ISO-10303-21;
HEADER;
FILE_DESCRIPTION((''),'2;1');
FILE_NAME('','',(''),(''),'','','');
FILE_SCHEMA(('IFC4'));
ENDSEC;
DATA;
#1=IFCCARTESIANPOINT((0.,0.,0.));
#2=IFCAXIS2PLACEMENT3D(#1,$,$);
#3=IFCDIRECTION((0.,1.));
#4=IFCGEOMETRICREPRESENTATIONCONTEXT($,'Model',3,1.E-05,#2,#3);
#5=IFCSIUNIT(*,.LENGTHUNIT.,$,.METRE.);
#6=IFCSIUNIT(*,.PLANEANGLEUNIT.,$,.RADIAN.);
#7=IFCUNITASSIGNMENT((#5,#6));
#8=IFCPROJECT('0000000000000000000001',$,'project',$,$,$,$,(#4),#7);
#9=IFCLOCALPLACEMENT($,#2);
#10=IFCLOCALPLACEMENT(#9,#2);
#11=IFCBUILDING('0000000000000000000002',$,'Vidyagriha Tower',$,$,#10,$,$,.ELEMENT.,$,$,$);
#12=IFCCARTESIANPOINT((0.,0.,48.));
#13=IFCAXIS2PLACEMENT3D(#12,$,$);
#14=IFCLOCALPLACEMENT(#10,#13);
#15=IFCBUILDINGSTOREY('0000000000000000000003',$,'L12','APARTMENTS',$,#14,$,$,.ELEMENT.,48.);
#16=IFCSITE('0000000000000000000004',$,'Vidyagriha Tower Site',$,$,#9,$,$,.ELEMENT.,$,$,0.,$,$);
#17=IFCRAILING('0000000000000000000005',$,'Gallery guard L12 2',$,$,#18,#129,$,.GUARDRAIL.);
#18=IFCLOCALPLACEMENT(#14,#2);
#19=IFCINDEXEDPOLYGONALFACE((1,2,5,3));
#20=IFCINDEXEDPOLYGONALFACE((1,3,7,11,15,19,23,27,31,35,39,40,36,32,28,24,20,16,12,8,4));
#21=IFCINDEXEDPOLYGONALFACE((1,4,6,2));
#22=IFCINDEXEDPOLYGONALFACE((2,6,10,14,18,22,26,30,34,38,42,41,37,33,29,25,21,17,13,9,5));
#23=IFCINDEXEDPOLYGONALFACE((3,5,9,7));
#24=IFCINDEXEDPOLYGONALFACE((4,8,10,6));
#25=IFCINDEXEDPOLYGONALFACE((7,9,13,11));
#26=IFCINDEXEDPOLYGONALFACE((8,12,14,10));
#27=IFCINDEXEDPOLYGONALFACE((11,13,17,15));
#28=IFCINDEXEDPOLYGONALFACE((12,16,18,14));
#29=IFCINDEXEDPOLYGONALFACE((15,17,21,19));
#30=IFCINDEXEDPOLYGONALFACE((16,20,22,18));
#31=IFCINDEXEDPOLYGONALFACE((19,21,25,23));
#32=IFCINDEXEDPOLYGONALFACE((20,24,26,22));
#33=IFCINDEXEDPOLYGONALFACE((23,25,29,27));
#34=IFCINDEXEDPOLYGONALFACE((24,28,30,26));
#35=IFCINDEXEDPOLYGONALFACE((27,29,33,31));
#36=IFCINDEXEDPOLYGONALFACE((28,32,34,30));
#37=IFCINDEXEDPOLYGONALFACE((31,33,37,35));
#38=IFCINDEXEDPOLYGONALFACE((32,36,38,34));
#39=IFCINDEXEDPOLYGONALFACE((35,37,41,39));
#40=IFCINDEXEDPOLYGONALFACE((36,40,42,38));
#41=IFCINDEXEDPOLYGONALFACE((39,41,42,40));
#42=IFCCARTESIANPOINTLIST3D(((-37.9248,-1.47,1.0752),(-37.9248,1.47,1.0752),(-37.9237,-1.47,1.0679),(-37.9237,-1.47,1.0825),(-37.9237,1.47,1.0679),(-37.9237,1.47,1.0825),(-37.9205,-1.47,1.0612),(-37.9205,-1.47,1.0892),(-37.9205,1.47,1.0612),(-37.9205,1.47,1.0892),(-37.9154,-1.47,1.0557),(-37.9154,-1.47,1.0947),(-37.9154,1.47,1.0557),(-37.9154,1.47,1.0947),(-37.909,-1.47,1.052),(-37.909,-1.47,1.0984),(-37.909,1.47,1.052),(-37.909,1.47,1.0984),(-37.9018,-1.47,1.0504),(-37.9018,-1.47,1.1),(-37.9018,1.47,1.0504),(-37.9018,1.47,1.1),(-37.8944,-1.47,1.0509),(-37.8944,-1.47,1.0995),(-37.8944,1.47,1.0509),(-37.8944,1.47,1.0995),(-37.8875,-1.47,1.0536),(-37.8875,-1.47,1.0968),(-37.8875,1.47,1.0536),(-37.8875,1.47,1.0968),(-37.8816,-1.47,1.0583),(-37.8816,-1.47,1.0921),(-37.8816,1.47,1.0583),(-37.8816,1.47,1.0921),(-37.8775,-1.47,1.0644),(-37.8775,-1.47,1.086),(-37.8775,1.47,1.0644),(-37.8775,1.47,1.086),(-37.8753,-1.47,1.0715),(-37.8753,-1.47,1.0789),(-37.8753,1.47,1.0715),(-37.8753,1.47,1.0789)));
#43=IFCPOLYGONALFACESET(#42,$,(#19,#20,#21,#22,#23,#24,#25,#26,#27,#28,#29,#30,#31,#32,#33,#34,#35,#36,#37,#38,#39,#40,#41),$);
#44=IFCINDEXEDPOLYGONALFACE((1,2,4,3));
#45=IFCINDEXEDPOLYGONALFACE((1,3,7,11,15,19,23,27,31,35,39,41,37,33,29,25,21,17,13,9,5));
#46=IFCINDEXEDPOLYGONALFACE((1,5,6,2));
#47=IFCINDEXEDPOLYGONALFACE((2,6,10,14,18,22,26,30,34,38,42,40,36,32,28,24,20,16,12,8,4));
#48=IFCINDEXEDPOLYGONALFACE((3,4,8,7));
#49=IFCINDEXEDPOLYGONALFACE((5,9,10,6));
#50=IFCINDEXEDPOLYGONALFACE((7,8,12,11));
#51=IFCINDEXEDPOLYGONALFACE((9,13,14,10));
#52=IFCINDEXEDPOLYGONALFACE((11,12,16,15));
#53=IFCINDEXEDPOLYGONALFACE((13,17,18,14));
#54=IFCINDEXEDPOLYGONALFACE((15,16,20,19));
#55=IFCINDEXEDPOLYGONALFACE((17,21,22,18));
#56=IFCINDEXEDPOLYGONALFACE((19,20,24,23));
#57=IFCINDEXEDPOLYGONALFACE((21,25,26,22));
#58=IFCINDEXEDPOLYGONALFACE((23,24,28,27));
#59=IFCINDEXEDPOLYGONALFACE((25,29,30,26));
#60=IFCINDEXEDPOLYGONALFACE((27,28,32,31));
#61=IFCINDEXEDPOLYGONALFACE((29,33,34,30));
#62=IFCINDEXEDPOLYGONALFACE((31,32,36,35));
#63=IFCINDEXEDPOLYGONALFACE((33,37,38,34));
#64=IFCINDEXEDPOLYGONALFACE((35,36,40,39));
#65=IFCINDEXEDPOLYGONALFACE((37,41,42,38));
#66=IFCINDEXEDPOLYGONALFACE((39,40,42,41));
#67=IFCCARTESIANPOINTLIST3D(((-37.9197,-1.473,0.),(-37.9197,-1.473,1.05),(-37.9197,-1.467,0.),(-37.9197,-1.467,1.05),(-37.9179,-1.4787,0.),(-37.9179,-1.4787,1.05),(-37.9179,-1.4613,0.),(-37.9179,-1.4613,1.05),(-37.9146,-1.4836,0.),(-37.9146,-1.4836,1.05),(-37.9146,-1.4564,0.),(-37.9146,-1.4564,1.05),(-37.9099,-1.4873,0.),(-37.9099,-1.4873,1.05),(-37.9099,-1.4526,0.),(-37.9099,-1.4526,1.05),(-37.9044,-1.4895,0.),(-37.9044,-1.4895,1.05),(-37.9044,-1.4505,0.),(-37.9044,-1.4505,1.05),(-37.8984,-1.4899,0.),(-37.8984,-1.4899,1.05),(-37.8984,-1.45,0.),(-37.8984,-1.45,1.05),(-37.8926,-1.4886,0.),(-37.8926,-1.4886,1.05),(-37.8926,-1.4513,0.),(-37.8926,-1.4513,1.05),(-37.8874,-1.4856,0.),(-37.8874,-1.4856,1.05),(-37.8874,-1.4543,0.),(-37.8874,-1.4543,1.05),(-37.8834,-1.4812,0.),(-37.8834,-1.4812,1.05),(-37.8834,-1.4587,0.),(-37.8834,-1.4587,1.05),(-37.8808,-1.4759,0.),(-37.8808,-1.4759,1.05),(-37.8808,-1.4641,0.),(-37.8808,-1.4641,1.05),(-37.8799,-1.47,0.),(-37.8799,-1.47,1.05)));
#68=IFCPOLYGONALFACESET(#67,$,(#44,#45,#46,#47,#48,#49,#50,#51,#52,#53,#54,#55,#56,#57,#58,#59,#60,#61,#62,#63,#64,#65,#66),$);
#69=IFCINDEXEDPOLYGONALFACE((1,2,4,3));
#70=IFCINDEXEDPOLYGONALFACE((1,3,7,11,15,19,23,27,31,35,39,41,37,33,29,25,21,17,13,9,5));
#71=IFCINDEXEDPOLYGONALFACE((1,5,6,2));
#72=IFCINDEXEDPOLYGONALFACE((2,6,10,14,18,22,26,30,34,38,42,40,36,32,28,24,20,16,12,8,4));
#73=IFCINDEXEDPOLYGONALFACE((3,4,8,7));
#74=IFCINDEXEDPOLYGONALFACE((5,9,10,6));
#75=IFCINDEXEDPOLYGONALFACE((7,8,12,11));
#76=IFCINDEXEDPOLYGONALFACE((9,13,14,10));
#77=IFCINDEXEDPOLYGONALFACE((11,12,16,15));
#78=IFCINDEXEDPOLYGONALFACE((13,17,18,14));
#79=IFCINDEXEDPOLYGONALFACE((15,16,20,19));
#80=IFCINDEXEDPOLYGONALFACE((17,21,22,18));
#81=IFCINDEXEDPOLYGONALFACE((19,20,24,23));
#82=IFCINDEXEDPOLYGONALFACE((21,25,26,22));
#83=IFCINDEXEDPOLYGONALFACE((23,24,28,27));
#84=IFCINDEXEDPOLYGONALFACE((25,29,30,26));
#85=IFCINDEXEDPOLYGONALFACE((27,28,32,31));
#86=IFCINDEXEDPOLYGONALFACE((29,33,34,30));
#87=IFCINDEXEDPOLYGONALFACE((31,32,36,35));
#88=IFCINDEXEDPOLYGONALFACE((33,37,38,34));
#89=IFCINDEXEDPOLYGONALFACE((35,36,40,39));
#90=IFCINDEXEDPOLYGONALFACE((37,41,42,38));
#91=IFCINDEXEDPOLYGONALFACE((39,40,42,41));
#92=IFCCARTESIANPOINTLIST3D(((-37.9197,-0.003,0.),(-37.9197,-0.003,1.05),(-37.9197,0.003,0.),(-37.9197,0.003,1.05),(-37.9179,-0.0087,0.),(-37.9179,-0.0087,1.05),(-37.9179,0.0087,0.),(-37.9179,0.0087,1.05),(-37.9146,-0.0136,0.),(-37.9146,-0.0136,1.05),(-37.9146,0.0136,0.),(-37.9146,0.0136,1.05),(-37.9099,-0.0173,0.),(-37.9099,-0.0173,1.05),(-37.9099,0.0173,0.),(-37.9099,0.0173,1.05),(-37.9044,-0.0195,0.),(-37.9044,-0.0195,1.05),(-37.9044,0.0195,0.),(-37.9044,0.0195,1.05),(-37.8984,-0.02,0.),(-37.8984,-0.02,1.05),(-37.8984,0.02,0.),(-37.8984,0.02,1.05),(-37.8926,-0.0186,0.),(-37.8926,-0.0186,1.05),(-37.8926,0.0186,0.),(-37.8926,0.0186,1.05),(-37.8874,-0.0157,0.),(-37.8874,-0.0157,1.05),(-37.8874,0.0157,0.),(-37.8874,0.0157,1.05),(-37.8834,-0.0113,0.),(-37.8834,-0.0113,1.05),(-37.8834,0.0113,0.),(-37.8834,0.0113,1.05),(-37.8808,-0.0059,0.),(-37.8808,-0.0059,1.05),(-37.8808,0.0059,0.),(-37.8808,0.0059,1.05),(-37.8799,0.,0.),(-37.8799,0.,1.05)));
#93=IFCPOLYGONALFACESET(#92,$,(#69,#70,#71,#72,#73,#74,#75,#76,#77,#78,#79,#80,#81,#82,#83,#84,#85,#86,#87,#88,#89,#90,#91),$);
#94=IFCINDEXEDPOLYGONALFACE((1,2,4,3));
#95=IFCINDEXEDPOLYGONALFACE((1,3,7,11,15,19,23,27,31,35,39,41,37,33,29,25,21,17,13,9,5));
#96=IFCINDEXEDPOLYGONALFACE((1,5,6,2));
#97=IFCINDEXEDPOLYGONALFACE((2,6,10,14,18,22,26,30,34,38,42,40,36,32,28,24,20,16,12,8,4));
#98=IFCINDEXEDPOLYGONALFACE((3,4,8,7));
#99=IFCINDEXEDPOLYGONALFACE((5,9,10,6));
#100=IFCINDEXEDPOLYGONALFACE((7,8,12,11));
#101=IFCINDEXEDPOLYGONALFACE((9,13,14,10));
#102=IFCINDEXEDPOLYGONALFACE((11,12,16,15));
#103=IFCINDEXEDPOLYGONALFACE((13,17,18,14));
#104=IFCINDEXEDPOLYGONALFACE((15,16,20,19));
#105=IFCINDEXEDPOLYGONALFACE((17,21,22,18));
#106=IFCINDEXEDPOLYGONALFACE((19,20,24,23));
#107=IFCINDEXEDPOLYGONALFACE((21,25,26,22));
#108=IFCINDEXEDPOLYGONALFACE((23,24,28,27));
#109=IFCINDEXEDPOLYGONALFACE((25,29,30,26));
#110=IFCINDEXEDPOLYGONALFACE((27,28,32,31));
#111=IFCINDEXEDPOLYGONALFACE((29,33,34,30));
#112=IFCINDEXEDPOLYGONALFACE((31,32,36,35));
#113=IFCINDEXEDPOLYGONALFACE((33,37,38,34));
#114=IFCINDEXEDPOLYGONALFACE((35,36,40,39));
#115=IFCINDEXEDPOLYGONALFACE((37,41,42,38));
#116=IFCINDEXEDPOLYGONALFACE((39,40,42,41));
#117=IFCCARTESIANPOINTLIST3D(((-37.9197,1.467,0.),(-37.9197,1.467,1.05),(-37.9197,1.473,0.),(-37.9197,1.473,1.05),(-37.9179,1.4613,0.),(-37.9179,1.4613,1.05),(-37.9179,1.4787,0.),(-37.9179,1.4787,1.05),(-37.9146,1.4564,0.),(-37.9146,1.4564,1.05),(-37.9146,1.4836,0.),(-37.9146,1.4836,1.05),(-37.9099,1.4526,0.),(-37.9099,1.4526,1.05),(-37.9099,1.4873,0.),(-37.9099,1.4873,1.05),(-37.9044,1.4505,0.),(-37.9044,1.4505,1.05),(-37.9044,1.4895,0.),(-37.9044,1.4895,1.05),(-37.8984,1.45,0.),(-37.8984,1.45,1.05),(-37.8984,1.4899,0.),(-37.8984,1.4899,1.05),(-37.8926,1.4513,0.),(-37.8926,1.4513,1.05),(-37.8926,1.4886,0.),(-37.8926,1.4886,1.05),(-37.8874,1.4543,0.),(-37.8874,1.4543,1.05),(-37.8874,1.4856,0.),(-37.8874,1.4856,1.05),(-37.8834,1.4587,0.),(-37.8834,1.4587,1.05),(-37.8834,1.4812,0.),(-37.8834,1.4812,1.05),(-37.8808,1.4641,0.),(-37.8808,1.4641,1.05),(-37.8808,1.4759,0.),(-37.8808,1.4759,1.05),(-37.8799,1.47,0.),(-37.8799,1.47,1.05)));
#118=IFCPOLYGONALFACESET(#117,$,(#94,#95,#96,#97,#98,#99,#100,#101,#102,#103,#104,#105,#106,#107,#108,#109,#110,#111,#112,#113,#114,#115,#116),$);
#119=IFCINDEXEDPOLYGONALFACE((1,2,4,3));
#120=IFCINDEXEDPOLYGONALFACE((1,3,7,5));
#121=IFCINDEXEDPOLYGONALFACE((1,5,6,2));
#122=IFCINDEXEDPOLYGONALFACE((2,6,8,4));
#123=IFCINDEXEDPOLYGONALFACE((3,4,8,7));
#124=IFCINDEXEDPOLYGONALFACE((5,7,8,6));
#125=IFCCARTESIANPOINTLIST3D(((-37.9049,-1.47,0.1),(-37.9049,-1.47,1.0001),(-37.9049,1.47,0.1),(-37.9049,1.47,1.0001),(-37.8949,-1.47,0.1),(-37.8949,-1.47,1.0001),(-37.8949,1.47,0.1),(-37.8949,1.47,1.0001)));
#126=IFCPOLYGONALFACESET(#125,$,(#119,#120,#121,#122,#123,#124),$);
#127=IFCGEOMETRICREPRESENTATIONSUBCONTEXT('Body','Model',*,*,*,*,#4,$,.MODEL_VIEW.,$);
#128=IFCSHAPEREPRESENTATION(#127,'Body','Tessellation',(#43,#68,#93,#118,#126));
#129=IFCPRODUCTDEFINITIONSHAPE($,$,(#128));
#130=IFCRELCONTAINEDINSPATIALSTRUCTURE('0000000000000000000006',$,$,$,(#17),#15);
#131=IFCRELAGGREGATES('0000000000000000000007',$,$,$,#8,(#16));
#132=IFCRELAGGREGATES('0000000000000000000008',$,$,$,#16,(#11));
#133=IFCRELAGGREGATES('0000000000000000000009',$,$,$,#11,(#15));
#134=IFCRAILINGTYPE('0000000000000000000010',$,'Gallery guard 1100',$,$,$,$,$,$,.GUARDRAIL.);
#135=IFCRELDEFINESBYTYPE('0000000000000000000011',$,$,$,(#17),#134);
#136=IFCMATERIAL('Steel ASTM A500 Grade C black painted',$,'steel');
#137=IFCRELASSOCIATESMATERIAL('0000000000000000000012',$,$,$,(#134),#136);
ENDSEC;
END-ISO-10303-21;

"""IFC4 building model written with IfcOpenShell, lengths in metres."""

from ifc_helpers import new_model, si_unit, direction, frame, origin, origin_2d, place, context, subcontext, project, spatial, rectangle, circle, extrude, material, type_object, element, save


model = new_model("IFC4")

# Units and contexts
model_context = context("Model", 3, precision=1e-05, world=origin(), true_north=direction((0.0, 1.0)))
body_context = subcontext(model_context, "Body", "Model", "MODEL_VIEW")
ifc_project = project(units=[si_unit("LENGTHUNIT", "METRE"), si_unit("PLANEANGLEUNIT", "RADIAN")], contexts=[model_context])

# Site, building, storey
site_placement = place(None, origin())
site = spatial("IfcSite", under=ifc_project, at=site_placement, Name="Vidyagriha Tower Site", CompositionType="ELEMENT", RefElevation=0.0)
building_placement = place(site_placement, origin())
building = spatial("IfcBuilding", under=site, at=building_placement, Name="Vidyagriha Tower", CompositionType="ELEMENT")
storey_placement = place(building_placement, frame((0.0, 0.0, 48.0)))
storey = spatial("IfcBuildingStorey", under=building, at=storey_placement, Name="L12", Description="APARTMENTS", CompositionType="ELEMENT", Elevation=48.0)

# Railing
ifc_material_1 = material(Name="Steel ASTM A500 Grade C black painted", Category="steel")
railing_type_1 = type_object("IfcRailingType", Name="Gallery guard 1100", PredefinedType="GUARDRAIL", material=ifc_material_1)
railing_1_placement = place(storey_placement, frame((-37.8999, -1.47, 0.0)))
element("IfcRailing", 1, at=railing_1_placement, inside=storey, type_object=railing_type_1, Name="Gallery guard L12 2", PredefinedType="GUARDRAIL", context=body_context, shape_type="SweptSolid", body=[
    extrude(circle(Radius=0.0249, at=origin_2d()), frame((0.0, 0.0, 1.0752), z_axis=(0.0, 1.0, 0.0), x_axis=(-1.0, 0.0, 0.0)), (0.0, 0.0, 1.0), 2.9399),
    extrude(circle(Radius=0.02, at=origin_2d()), origin(), (0.0, 0.0, 1.0), 1.05),
    extrude(circle(Radius=0.02, at=origin_2d()), frame((0.0, 1.47, 0.0)), (0.0, 0.0, 1.0), 1.05),
    extrude(circle(Radius=0.02, at=origin_2d()), frame((0.0, 2.9399, 0.0)), (0.0, 0.0, 1.0), 1.05),
    extrude(rectangle(XDim=0.01, YDim=0.9001, at=origin_2d()), frame((0.0, 0.0, 0.55), z_axis=(0.0, 1.0, 0.0), x_axis=(-1.0, 0.0, 0.0)), (0.0, 0.0, 1.0), 2.9399),
])

save(model, "model.ifc")
